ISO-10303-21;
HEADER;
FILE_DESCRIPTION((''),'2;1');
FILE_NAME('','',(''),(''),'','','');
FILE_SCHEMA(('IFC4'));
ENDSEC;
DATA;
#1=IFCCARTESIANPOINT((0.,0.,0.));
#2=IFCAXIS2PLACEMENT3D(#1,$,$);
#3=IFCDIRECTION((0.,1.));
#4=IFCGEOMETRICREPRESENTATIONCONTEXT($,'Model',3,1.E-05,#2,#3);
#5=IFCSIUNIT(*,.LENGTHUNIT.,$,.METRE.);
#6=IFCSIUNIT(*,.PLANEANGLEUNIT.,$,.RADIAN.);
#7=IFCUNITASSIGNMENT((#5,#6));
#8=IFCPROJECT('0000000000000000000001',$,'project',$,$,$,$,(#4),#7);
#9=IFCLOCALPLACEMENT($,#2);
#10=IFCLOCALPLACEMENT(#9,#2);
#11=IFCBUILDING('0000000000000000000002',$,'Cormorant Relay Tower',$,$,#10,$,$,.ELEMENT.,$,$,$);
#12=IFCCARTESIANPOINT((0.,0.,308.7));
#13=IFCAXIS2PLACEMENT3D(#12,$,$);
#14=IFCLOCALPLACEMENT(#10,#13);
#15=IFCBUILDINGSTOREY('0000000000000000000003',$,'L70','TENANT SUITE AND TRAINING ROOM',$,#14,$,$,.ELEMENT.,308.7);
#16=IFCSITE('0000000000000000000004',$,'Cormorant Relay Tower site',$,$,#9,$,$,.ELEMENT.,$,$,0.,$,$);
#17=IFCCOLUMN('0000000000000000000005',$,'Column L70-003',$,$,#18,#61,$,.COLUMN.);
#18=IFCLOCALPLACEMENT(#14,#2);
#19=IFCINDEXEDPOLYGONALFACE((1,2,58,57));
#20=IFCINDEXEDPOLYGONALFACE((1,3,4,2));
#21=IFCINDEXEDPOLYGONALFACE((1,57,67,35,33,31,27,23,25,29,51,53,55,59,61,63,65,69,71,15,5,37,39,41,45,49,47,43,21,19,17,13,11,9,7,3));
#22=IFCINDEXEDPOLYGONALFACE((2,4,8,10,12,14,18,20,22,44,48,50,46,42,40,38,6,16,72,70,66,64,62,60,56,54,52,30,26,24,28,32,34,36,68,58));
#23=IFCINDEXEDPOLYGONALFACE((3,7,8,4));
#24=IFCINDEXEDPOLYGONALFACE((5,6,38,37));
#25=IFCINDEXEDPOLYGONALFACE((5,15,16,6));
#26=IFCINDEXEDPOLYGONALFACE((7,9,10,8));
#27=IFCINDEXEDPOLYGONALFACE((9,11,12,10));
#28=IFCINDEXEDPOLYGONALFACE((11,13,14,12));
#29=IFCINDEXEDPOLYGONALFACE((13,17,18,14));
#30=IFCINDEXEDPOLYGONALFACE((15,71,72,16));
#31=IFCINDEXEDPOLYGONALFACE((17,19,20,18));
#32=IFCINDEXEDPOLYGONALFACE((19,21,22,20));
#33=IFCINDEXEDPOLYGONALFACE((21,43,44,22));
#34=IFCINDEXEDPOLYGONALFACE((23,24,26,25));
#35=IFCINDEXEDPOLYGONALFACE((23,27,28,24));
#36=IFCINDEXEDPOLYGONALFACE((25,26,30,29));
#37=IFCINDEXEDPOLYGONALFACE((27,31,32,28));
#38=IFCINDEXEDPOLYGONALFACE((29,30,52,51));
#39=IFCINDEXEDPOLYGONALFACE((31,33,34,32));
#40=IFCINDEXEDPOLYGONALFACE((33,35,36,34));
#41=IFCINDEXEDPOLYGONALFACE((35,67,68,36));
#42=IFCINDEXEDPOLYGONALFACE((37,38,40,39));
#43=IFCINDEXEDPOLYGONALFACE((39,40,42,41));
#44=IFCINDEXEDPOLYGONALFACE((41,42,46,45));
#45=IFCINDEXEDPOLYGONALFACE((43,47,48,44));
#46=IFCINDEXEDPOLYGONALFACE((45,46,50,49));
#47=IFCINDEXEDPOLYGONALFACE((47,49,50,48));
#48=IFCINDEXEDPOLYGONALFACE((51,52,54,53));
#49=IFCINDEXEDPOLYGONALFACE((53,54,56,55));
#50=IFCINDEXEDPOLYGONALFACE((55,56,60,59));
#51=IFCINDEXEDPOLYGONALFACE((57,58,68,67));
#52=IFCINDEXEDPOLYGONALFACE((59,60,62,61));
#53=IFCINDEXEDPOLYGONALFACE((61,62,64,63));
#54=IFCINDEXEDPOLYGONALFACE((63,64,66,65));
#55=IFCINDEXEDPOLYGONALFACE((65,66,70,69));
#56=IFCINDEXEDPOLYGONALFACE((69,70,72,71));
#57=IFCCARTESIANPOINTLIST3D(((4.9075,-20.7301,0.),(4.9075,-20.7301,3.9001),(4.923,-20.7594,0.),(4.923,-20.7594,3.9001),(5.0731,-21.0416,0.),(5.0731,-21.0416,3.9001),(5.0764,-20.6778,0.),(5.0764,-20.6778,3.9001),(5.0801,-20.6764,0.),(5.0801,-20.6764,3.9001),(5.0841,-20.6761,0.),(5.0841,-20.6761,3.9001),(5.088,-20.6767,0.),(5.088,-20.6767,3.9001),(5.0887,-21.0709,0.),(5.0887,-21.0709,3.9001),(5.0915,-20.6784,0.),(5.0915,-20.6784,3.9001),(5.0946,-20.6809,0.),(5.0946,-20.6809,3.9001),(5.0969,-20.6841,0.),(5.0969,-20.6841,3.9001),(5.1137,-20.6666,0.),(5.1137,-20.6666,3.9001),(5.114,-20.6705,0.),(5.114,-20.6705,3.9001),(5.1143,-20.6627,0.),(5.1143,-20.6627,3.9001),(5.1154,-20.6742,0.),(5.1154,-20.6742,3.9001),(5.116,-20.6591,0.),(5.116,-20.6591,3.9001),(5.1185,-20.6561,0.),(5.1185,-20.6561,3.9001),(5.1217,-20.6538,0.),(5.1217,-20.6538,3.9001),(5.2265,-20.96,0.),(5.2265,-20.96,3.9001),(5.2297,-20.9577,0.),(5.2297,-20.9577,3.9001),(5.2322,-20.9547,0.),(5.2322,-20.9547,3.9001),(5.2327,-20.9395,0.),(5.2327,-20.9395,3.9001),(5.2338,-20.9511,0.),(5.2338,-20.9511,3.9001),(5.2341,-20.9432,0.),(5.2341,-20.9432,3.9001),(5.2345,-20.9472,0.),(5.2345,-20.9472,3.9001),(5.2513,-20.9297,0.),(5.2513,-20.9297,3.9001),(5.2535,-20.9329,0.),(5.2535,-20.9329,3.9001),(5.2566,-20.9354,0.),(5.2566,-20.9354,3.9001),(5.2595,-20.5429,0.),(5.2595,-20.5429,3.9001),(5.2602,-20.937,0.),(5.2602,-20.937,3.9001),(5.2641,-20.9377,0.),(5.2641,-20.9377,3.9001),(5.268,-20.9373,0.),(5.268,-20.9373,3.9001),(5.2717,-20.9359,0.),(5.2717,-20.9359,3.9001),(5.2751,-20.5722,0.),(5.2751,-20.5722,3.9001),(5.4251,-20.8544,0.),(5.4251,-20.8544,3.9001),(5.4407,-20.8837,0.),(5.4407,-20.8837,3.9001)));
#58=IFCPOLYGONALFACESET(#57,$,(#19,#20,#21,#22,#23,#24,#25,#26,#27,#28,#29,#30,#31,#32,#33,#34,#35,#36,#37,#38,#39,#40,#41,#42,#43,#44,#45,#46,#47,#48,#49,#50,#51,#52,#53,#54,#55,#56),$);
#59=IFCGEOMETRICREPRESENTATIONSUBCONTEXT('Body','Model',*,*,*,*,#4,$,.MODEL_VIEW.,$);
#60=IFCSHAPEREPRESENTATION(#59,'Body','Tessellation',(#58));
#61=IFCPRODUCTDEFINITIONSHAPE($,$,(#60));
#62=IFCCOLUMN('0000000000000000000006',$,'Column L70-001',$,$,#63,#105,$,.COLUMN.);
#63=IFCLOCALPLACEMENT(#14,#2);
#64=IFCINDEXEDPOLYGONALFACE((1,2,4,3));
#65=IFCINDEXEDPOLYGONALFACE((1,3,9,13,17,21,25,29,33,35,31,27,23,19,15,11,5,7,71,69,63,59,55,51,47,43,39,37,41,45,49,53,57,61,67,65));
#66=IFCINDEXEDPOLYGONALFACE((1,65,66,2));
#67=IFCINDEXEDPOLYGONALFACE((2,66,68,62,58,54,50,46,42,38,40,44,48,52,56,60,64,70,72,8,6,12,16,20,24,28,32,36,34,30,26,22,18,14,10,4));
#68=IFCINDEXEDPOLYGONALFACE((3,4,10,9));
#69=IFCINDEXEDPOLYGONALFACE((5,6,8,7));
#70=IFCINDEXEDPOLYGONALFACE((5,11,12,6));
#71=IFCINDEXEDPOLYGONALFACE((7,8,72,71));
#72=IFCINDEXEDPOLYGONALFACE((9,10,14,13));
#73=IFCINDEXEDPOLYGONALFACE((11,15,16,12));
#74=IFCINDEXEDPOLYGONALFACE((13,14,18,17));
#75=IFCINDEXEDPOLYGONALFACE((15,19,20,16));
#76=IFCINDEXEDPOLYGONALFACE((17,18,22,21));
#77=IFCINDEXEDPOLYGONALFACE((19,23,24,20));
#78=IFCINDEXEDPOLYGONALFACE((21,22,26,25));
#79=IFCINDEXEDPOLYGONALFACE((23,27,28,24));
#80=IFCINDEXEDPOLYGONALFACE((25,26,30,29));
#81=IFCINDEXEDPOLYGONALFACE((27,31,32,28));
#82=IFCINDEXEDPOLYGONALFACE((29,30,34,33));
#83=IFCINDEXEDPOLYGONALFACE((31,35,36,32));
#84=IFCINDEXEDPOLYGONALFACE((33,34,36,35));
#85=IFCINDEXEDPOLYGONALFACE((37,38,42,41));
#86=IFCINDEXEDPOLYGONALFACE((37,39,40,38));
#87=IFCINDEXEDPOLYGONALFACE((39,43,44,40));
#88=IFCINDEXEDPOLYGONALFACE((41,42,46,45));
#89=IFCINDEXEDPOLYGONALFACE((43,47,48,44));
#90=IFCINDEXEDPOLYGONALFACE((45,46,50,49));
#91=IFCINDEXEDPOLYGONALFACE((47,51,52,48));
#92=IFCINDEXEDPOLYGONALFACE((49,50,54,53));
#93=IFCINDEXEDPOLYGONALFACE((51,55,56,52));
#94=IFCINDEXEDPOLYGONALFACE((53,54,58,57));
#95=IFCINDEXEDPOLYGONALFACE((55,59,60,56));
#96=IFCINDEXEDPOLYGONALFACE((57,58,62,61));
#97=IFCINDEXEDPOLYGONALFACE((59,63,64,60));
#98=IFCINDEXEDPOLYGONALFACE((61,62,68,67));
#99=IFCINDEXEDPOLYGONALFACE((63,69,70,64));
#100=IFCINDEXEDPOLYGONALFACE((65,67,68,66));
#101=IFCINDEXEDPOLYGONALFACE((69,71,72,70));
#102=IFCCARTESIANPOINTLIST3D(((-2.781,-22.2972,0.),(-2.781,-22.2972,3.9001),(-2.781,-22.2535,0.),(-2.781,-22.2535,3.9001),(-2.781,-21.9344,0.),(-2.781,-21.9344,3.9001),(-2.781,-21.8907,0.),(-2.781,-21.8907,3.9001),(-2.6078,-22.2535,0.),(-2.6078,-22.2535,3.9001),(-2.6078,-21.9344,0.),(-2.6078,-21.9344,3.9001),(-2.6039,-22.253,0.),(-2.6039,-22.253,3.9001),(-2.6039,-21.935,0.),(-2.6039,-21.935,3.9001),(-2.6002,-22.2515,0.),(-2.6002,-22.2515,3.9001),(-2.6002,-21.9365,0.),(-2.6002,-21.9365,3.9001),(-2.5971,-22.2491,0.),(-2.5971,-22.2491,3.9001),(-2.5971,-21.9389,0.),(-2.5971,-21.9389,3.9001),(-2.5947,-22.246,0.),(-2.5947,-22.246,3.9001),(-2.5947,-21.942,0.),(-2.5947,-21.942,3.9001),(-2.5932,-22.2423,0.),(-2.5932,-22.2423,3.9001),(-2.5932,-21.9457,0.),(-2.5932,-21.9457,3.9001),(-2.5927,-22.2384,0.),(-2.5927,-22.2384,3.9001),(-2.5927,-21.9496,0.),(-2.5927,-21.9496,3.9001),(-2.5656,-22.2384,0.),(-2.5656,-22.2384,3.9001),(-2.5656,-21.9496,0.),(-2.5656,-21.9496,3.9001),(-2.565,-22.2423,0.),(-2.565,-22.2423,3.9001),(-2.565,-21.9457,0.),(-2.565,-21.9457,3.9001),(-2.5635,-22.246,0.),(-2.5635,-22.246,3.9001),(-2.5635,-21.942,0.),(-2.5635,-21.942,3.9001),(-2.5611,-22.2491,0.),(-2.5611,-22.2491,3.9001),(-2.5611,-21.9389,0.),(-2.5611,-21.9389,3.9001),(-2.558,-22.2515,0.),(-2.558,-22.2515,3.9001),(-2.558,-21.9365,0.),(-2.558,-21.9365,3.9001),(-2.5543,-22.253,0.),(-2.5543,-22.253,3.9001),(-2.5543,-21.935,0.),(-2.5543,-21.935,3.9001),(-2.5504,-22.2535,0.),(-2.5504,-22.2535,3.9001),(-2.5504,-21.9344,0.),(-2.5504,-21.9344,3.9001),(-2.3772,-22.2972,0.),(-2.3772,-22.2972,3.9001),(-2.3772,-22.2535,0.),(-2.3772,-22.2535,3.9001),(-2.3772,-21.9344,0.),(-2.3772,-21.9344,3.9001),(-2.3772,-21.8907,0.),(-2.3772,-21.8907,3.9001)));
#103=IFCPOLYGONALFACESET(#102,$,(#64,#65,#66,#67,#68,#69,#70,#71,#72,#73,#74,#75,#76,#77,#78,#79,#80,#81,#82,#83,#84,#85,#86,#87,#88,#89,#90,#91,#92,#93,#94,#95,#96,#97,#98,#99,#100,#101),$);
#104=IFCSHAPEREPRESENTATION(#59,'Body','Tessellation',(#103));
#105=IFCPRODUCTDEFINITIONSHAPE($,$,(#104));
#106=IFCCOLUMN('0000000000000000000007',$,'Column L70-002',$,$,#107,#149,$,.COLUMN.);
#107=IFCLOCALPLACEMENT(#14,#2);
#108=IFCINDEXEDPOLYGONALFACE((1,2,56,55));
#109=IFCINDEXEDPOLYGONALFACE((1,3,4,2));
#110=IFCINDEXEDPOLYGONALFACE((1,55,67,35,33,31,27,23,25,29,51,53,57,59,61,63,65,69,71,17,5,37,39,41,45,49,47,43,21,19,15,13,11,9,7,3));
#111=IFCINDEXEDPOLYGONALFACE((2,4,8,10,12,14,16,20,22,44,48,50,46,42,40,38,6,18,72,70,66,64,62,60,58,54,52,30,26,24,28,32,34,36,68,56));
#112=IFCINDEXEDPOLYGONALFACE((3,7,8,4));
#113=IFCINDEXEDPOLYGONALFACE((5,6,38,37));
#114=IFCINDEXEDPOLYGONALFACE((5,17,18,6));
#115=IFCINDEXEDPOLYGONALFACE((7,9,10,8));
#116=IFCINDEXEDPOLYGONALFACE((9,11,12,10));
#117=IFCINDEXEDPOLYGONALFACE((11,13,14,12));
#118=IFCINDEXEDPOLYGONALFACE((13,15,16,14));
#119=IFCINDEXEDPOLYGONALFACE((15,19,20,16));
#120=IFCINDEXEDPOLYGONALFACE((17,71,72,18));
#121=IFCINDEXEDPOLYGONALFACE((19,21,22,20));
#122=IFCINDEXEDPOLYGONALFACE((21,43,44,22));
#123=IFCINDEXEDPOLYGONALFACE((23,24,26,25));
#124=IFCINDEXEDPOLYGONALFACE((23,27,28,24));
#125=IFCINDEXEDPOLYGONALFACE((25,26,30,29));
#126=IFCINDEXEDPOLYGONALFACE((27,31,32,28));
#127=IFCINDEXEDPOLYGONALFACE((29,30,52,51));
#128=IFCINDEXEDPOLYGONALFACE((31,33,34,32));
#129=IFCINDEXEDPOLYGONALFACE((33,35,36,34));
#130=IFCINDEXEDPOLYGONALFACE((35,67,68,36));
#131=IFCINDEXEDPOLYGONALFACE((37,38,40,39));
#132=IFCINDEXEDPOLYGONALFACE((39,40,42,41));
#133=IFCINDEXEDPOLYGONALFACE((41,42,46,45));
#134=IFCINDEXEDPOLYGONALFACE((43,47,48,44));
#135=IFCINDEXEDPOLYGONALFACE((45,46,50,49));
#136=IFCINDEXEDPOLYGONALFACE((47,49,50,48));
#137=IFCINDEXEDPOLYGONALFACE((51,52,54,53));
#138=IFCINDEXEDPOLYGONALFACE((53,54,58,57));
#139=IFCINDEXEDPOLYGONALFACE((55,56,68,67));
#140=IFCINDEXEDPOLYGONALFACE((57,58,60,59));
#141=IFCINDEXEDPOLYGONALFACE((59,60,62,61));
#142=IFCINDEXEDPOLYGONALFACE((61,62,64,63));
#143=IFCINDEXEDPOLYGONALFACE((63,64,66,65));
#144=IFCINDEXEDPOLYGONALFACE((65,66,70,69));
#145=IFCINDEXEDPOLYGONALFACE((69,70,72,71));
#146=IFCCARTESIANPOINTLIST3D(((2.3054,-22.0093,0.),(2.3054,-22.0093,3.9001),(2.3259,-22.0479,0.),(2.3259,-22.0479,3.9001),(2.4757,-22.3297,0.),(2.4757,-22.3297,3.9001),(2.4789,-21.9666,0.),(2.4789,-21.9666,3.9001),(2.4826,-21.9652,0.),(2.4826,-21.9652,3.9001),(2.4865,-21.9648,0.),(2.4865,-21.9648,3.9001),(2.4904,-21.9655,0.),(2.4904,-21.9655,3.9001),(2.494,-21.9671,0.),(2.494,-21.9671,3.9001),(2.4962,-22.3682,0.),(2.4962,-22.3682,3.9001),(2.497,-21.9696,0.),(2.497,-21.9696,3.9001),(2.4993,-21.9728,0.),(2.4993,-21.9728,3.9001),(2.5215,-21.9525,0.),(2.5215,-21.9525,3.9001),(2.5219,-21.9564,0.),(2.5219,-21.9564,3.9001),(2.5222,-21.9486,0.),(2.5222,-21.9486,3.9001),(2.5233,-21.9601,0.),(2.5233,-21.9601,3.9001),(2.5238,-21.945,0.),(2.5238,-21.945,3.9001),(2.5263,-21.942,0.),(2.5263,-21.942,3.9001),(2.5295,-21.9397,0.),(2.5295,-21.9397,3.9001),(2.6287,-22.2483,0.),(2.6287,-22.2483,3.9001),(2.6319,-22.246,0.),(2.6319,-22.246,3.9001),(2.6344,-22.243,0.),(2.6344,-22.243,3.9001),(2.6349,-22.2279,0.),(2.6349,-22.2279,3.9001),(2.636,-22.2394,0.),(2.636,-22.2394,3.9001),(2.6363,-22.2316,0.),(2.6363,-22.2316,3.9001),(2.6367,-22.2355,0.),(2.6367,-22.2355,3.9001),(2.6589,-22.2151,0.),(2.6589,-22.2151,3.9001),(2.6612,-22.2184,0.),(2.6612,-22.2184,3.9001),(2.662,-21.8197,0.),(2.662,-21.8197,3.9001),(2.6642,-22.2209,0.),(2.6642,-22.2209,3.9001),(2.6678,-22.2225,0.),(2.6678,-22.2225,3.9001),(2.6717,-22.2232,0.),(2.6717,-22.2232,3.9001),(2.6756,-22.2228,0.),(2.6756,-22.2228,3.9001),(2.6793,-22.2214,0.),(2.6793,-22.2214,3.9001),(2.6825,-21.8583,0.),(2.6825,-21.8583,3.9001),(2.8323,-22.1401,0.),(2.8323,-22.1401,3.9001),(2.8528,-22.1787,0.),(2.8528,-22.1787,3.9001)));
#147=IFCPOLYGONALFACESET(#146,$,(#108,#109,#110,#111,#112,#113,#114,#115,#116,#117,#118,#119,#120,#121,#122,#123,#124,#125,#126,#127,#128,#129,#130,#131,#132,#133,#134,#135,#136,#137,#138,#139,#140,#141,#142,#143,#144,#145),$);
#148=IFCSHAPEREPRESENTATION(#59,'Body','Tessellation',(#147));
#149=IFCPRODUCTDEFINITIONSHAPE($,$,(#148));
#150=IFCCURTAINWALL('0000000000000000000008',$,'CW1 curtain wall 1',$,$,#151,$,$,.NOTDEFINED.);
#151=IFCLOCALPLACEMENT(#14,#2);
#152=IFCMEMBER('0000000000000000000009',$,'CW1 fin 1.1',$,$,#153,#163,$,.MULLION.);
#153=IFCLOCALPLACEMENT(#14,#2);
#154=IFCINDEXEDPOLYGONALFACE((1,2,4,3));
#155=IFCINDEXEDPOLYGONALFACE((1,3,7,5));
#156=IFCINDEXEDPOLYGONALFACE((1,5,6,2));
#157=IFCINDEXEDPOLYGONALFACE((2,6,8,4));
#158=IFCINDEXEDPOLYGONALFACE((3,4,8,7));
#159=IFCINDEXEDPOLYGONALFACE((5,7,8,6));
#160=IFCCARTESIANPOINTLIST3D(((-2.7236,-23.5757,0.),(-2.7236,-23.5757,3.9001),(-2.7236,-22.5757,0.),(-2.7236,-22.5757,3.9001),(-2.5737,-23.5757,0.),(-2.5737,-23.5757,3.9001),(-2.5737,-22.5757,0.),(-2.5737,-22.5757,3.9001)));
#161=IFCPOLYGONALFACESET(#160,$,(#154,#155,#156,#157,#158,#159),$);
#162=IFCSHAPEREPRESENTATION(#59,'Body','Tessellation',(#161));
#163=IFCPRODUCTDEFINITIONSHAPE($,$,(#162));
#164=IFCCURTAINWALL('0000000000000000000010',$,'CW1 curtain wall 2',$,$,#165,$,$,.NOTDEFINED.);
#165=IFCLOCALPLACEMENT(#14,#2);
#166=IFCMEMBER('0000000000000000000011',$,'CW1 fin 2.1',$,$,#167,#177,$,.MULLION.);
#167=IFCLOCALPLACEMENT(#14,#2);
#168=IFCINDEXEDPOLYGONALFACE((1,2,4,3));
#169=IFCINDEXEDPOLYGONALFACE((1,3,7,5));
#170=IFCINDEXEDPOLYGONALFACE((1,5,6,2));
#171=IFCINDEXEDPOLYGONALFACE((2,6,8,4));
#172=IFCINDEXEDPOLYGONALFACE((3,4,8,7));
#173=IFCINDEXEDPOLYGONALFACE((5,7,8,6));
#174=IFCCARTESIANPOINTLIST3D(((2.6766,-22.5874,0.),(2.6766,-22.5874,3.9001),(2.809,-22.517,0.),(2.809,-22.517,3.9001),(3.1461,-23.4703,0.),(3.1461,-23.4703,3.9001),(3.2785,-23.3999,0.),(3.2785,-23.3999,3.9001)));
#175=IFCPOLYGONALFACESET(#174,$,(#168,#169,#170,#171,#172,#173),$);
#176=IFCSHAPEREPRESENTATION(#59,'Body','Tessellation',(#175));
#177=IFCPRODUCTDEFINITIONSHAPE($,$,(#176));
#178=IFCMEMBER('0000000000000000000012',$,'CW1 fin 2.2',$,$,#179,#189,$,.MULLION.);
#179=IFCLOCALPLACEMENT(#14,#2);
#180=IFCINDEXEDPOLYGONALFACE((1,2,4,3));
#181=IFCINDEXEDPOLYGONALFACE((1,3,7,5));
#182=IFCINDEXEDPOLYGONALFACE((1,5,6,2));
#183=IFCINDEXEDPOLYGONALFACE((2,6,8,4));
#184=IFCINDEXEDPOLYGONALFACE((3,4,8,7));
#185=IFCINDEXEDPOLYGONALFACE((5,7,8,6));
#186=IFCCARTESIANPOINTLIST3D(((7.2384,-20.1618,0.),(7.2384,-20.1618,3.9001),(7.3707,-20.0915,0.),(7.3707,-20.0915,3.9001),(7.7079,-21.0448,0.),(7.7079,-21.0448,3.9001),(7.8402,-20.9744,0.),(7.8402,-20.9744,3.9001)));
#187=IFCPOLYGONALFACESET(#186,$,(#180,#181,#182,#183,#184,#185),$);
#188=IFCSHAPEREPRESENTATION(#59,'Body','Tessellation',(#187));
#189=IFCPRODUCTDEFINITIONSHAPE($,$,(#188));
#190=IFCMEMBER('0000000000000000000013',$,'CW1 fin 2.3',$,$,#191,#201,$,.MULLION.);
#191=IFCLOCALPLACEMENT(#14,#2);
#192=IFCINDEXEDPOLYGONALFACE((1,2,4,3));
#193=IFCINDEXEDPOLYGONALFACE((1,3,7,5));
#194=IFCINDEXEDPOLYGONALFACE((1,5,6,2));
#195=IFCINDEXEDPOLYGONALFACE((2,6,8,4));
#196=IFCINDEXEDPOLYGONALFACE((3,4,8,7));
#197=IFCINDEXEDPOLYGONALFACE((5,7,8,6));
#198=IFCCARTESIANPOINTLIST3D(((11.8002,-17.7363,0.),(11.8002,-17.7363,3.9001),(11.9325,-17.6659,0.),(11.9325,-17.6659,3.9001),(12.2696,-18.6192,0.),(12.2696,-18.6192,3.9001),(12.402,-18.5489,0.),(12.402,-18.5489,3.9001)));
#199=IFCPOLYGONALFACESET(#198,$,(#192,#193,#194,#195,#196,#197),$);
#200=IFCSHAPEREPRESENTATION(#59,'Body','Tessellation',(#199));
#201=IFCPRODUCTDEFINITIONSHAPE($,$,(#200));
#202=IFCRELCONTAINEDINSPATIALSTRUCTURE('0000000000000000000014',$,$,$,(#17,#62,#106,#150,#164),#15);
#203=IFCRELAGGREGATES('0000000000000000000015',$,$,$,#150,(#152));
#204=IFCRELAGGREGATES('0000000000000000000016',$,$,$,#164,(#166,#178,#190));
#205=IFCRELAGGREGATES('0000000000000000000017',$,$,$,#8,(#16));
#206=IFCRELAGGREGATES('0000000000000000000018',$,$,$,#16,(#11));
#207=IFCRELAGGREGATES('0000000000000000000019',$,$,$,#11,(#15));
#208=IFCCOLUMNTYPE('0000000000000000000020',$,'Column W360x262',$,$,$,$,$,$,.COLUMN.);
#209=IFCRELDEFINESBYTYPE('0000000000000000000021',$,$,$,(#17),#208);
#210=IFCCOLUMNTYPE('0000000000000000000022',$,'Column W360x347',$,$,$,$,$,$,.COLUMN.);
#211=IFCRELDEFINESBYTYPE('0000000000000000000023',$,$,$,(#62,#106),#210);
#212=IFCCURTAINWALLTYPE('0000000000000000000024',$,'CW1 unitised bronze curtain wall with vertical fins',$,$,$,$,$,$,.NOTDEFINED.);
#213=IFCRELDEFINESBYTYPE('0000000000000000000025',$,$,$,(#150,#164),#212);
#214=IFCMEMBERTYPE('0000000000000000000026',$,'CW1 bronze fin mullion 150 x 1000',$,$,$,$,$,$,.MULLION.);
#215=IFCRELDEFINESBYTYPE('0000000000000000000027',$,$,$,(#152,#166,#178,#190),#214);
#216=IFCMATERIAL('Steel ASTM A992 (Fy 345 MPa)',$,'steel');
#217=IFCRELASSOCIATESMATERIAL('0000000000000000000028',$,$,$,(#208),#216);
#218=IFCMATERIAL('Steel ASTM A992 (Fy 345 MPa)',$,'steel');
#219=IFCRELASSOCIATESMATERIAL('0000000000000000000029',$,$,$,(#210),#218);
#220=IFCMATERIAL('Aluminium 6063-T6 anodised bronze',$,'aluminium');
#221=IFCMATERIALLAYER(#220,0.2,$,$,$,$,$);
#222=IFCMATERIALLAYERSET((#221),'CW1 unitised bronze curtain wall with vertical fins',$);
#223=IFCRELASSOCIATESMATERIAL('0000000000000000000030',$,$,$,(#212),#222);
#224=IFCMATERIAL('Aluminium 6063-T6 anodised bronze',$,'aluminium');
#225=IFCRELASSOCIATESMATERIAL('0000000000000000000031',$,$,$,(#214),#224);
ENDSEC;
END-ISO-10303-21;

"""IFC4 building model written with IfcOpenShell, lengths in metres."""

from ifc_helpers import new_model, si_unit, direction, frame, origin, origin_2d, place, context, subcontext, project, spatial, rectangle, i_section, extrude, material, layer, layer_set, material_profile, profile_set, type_object, element, aggregate, save


model = new_model("IFC4")

# Units and contexts
model_context = context("Model", 3, precision=1e-05, world=origin(), true_north=direction((0.0, 1.0)))
body_context = subcontext(model_context, "Body", "Model", "MODEL_VIEW")
ifc_project = project(units=[si_unit("LENGTHUNIT", "METRE"), si_unit("PLANEANGLEUNIT", "RADIAN")], contexts=[model_context])

# Site, building, storey
site_placement = place(None, origin())
site = spatial("IfcSite", under=ifc_project, at=site_placement, Name="Cormorant Relay Tower site", CompositionType="ELEMENT", RefElevation=0.0)
building_placement = place(site_placement, origin())
building = spatial("IfcBuilding", under=site, at=building_placement, Name="Cormorant Relay Tower", CompositionType="ELEMENT")
storey_placement = place(building_placement, frame((0.0, 0.0, 308.7)))
storey = spatial("IfcBuildingStorey", under=building, at=storey_placement, Name="L70", Description="TENANT SUITE AND TRAINING ROOM", CompositionType="ELEMENT", Elevation=308.7)

# Columns
ifc_material_1 = material(Name="Steel ASTM A992 (Fy 345 MPa)", Category="steel")
ifc_material_profile_1 = material_profile(ifc_material_1, i_section(OverallWidth=0.3987, OverallDepth=0.386, WebThickness=0.021, FlangeThickness=0.0332, FilletRadius=0.0151, at=origin_2d()), Name="W360x262")
ifc_profile_set_1 = profile_set([ifc_material_profile_1], Name="Steel ASTM A992 (Fy 345 MPa)")
column_type_1 = type_object("IfcColumnType", Name="Column W360x262", PredefinedType="COLUMN", material=ifc_profile_set_1)
column_placement = place(storey_placement, frame((5.1741, -20.8069, 0.0), z_axis=(0.0, 0.0, 1.0), x_axis=(0.882948, 0.469472, 0.0)))
element("IfcColumn", 1, at=column_placement, inside=storey, type_object=column_type_1, Name="Column L70-003", PredefinedType="COLUMN", context=body_context, shape_type="SweptSolid", body=[
    extrude(i_section(OverallWidth=0.3987, OverallDepth=0.386, WebThickness=0.021, FlangeThickness=0.0332, FilletRadius=0.0151, at=origin_2d()), origin(), (0.0, 0.0, 1.0), 3.9001),
])
ifc_material_2 = material(Name="Steel ASTM A992 (Fy 345 MPa)", Category="steel")
ifc_material_profile_2 = material_profile(ifc_material_2, i_section(OverallWidth=0.4038, OverallDepth=0.4065, WebThickness=0.0271, FlangeThickness=0.0437, FilletRadius=0.0151, at=origin_2d()), Name="W360x347")
ifc_profile_set_2 = profile_set([ifc_material_profile_2], Name="Steel ASTM A992 (Fy 345 MPa)")
column_type_2 = type_object("IfcColumnType", Name="Column W360x347", PredefinedType="COLUMN", material=ifc_profile_set_2)
for number, where, z_axis, x_axis, name in (
    (2, (-2.5791, -22.094, 0.0), (0.0, 0.0, 1.0), (1.0, 0.0, 0.0), "Column L70-001"),
    (3, (2.5791, -22.094, 0.0), (0.0, 0.0, 1.0), (0.882948, 0.469472, 0.0), "Column L70-002"),
):
    element("IfcColumn", number, at=place(storey_placement, frame(where, z_axis=z_axis, x_axis=x_axis)), inside=storey, type_object=column_type_2, Name=name, PredefinedType="COLUMN", context=body_context, shape_type="SweptSolid", body=[
        extrude(i_section(OverallWidth=0.4038, OverallDepth=0.4065, WebThickness=0.0271, FlangeThickness=0.0437, FilletRadius=0.0151, at=origin_2d()), origin(), (0.0, 0.0, 1.0), 3.9001),
    ])

# Curtain wall, member
ifc_material_3 = material(Name="Aluminium 6063-T6 anodised bronze", Category="aluminium")
ifc_layer_1 = layer(ifc_material_3, 0.2)
ifc_layer_set_1 = layer_set([ifc_layer_1], Name="CW1 unitised bronze curtain wall with vertical fins")
curtain_wall_type = type_object("IfcCurtainWallType", Name="CW1 unitised bronze curtain wall with vertical fins", PredefinedType="NOTDEFINED", material=ifc_layer_set_1)
curtain_wall_1_placement = place(storey_placement, origin())
curtain_wall_1 = element("IfcCurtainWall", 4, at=curtain_wall_1_placement, inside=storey, type_object=curtain_wall_type, Name="CW1 curtain wall 1", PredefinedType="NOTDEFINED")
ifc_material_4 = material(Name="Aluminium 6063-T6 anodised bronze", Category="aluminium")
ifc_material_profile_3 = material_profile(ifc_material_4, rectangle(XDim=0.1499, YDim=1.0, at=origin_2d()), Name="AL 150x1000")
ifc_profile_set_3 = profile_set([ifc_material_profile_3], Name="Aluminium 6063-T6 anodised bronze")
member_type_1 = type_object("IfcMemberType", Name="CW1 bronze fin mullion 150 x 1000", PredefinedType="MULLION", material=ifc_profile_set_3)
member_1_placement = place(storey_placement, frame((-2.6487, -23.0757, 0.0), z_axis=(0.0, 0.0, 1.0), x_axis=(1.0, 0.0, 0.0)))
member_1 = element("IfcMember", 5, at=member_1_placement, type_object=member_type_1, Name="CW1 fin 1.1", PredefinedType="MULLION", context=body_context, shape_type="SweptSolid", body=[
    extrude(rectangle(XDim=0.1499, YDim=1.0, at=origin_2d()), origin(), (0.0, 0.0, 1.0), 3.9001),
])

# Curtain wall, members
curtain_wall_2_placement = place(storey_placement, origin())
curtain_wall_2 = element("IfcCurtainWall", 6, at=curtain_wall_2_placement, inside=storey, type_object=curtain_wall_type, Name="CW1 curtain wall 2", PredefinedType="NOTDEFINED")
member_2_placement = place(storey_placement, frame((2.9775, -22.9937, 0.0), z_axis=(0.0, 0.0, 1.0), x_axis=(0.882948, 0.469472, 0.0)))
member_2 = element("IfcMember", 7, at=member_2_placement, type_object=member_type_1, Name="CW1 fin 2.1", PredefinedType="MULLION", context=body_context, shape_type="SweptSolid", body=[
    extrude(rectangle(XDim=0.1499, YDim=1.0, at=origin_2d()), origin(), (0.0, 0.0, 1.0), 3.9001),
])
member_3_placement = place(storey_placement, frame((7.5393, -20.5681, 0.0), z_axis=(0.0, 0.0, 1.0), x_axis=(0.882948, 0.469472, 0.0)))
member_3 = element("IfcMember", 8, at=member_3_placement, type_object=member_type_1, Name="CW1 fin 2.2", PredefinedType="MULLION", context=body_context, shape_type="SweptSolid", body=[
    extrude(rectangle(XDim=0.1499, YDim=1.0, at=origin_2d()), origin(), (0.0, 0.0, 1.0), 3.9001),
])
member_4_placement = place(storey_placement, frame((12.1011, -18.1426, 0.0), z_axis=(0.0, 0.0, 1.0), x_axis=(0.882948, 0.469472, 0.0)))
member_4 = element("IfcMember", 9, at=member_4_placement, type_object=member_type_1, Name="CW1 fin 2.3", PredefinedType="MULLION", context=body_context, shape_type="SweptSolid", body=[
    extrude(rectangle(XDim=0.1499, YDim=1.0, at=origin_2d()), origin(), (0.0, 0.0, 1.0), 3.9001),
])

aggregate(curtain_wall_1, [member_1])
aggregate(curtain_wall_2, [member_2, member_3, member_4])

save(model, "model.ifc")
